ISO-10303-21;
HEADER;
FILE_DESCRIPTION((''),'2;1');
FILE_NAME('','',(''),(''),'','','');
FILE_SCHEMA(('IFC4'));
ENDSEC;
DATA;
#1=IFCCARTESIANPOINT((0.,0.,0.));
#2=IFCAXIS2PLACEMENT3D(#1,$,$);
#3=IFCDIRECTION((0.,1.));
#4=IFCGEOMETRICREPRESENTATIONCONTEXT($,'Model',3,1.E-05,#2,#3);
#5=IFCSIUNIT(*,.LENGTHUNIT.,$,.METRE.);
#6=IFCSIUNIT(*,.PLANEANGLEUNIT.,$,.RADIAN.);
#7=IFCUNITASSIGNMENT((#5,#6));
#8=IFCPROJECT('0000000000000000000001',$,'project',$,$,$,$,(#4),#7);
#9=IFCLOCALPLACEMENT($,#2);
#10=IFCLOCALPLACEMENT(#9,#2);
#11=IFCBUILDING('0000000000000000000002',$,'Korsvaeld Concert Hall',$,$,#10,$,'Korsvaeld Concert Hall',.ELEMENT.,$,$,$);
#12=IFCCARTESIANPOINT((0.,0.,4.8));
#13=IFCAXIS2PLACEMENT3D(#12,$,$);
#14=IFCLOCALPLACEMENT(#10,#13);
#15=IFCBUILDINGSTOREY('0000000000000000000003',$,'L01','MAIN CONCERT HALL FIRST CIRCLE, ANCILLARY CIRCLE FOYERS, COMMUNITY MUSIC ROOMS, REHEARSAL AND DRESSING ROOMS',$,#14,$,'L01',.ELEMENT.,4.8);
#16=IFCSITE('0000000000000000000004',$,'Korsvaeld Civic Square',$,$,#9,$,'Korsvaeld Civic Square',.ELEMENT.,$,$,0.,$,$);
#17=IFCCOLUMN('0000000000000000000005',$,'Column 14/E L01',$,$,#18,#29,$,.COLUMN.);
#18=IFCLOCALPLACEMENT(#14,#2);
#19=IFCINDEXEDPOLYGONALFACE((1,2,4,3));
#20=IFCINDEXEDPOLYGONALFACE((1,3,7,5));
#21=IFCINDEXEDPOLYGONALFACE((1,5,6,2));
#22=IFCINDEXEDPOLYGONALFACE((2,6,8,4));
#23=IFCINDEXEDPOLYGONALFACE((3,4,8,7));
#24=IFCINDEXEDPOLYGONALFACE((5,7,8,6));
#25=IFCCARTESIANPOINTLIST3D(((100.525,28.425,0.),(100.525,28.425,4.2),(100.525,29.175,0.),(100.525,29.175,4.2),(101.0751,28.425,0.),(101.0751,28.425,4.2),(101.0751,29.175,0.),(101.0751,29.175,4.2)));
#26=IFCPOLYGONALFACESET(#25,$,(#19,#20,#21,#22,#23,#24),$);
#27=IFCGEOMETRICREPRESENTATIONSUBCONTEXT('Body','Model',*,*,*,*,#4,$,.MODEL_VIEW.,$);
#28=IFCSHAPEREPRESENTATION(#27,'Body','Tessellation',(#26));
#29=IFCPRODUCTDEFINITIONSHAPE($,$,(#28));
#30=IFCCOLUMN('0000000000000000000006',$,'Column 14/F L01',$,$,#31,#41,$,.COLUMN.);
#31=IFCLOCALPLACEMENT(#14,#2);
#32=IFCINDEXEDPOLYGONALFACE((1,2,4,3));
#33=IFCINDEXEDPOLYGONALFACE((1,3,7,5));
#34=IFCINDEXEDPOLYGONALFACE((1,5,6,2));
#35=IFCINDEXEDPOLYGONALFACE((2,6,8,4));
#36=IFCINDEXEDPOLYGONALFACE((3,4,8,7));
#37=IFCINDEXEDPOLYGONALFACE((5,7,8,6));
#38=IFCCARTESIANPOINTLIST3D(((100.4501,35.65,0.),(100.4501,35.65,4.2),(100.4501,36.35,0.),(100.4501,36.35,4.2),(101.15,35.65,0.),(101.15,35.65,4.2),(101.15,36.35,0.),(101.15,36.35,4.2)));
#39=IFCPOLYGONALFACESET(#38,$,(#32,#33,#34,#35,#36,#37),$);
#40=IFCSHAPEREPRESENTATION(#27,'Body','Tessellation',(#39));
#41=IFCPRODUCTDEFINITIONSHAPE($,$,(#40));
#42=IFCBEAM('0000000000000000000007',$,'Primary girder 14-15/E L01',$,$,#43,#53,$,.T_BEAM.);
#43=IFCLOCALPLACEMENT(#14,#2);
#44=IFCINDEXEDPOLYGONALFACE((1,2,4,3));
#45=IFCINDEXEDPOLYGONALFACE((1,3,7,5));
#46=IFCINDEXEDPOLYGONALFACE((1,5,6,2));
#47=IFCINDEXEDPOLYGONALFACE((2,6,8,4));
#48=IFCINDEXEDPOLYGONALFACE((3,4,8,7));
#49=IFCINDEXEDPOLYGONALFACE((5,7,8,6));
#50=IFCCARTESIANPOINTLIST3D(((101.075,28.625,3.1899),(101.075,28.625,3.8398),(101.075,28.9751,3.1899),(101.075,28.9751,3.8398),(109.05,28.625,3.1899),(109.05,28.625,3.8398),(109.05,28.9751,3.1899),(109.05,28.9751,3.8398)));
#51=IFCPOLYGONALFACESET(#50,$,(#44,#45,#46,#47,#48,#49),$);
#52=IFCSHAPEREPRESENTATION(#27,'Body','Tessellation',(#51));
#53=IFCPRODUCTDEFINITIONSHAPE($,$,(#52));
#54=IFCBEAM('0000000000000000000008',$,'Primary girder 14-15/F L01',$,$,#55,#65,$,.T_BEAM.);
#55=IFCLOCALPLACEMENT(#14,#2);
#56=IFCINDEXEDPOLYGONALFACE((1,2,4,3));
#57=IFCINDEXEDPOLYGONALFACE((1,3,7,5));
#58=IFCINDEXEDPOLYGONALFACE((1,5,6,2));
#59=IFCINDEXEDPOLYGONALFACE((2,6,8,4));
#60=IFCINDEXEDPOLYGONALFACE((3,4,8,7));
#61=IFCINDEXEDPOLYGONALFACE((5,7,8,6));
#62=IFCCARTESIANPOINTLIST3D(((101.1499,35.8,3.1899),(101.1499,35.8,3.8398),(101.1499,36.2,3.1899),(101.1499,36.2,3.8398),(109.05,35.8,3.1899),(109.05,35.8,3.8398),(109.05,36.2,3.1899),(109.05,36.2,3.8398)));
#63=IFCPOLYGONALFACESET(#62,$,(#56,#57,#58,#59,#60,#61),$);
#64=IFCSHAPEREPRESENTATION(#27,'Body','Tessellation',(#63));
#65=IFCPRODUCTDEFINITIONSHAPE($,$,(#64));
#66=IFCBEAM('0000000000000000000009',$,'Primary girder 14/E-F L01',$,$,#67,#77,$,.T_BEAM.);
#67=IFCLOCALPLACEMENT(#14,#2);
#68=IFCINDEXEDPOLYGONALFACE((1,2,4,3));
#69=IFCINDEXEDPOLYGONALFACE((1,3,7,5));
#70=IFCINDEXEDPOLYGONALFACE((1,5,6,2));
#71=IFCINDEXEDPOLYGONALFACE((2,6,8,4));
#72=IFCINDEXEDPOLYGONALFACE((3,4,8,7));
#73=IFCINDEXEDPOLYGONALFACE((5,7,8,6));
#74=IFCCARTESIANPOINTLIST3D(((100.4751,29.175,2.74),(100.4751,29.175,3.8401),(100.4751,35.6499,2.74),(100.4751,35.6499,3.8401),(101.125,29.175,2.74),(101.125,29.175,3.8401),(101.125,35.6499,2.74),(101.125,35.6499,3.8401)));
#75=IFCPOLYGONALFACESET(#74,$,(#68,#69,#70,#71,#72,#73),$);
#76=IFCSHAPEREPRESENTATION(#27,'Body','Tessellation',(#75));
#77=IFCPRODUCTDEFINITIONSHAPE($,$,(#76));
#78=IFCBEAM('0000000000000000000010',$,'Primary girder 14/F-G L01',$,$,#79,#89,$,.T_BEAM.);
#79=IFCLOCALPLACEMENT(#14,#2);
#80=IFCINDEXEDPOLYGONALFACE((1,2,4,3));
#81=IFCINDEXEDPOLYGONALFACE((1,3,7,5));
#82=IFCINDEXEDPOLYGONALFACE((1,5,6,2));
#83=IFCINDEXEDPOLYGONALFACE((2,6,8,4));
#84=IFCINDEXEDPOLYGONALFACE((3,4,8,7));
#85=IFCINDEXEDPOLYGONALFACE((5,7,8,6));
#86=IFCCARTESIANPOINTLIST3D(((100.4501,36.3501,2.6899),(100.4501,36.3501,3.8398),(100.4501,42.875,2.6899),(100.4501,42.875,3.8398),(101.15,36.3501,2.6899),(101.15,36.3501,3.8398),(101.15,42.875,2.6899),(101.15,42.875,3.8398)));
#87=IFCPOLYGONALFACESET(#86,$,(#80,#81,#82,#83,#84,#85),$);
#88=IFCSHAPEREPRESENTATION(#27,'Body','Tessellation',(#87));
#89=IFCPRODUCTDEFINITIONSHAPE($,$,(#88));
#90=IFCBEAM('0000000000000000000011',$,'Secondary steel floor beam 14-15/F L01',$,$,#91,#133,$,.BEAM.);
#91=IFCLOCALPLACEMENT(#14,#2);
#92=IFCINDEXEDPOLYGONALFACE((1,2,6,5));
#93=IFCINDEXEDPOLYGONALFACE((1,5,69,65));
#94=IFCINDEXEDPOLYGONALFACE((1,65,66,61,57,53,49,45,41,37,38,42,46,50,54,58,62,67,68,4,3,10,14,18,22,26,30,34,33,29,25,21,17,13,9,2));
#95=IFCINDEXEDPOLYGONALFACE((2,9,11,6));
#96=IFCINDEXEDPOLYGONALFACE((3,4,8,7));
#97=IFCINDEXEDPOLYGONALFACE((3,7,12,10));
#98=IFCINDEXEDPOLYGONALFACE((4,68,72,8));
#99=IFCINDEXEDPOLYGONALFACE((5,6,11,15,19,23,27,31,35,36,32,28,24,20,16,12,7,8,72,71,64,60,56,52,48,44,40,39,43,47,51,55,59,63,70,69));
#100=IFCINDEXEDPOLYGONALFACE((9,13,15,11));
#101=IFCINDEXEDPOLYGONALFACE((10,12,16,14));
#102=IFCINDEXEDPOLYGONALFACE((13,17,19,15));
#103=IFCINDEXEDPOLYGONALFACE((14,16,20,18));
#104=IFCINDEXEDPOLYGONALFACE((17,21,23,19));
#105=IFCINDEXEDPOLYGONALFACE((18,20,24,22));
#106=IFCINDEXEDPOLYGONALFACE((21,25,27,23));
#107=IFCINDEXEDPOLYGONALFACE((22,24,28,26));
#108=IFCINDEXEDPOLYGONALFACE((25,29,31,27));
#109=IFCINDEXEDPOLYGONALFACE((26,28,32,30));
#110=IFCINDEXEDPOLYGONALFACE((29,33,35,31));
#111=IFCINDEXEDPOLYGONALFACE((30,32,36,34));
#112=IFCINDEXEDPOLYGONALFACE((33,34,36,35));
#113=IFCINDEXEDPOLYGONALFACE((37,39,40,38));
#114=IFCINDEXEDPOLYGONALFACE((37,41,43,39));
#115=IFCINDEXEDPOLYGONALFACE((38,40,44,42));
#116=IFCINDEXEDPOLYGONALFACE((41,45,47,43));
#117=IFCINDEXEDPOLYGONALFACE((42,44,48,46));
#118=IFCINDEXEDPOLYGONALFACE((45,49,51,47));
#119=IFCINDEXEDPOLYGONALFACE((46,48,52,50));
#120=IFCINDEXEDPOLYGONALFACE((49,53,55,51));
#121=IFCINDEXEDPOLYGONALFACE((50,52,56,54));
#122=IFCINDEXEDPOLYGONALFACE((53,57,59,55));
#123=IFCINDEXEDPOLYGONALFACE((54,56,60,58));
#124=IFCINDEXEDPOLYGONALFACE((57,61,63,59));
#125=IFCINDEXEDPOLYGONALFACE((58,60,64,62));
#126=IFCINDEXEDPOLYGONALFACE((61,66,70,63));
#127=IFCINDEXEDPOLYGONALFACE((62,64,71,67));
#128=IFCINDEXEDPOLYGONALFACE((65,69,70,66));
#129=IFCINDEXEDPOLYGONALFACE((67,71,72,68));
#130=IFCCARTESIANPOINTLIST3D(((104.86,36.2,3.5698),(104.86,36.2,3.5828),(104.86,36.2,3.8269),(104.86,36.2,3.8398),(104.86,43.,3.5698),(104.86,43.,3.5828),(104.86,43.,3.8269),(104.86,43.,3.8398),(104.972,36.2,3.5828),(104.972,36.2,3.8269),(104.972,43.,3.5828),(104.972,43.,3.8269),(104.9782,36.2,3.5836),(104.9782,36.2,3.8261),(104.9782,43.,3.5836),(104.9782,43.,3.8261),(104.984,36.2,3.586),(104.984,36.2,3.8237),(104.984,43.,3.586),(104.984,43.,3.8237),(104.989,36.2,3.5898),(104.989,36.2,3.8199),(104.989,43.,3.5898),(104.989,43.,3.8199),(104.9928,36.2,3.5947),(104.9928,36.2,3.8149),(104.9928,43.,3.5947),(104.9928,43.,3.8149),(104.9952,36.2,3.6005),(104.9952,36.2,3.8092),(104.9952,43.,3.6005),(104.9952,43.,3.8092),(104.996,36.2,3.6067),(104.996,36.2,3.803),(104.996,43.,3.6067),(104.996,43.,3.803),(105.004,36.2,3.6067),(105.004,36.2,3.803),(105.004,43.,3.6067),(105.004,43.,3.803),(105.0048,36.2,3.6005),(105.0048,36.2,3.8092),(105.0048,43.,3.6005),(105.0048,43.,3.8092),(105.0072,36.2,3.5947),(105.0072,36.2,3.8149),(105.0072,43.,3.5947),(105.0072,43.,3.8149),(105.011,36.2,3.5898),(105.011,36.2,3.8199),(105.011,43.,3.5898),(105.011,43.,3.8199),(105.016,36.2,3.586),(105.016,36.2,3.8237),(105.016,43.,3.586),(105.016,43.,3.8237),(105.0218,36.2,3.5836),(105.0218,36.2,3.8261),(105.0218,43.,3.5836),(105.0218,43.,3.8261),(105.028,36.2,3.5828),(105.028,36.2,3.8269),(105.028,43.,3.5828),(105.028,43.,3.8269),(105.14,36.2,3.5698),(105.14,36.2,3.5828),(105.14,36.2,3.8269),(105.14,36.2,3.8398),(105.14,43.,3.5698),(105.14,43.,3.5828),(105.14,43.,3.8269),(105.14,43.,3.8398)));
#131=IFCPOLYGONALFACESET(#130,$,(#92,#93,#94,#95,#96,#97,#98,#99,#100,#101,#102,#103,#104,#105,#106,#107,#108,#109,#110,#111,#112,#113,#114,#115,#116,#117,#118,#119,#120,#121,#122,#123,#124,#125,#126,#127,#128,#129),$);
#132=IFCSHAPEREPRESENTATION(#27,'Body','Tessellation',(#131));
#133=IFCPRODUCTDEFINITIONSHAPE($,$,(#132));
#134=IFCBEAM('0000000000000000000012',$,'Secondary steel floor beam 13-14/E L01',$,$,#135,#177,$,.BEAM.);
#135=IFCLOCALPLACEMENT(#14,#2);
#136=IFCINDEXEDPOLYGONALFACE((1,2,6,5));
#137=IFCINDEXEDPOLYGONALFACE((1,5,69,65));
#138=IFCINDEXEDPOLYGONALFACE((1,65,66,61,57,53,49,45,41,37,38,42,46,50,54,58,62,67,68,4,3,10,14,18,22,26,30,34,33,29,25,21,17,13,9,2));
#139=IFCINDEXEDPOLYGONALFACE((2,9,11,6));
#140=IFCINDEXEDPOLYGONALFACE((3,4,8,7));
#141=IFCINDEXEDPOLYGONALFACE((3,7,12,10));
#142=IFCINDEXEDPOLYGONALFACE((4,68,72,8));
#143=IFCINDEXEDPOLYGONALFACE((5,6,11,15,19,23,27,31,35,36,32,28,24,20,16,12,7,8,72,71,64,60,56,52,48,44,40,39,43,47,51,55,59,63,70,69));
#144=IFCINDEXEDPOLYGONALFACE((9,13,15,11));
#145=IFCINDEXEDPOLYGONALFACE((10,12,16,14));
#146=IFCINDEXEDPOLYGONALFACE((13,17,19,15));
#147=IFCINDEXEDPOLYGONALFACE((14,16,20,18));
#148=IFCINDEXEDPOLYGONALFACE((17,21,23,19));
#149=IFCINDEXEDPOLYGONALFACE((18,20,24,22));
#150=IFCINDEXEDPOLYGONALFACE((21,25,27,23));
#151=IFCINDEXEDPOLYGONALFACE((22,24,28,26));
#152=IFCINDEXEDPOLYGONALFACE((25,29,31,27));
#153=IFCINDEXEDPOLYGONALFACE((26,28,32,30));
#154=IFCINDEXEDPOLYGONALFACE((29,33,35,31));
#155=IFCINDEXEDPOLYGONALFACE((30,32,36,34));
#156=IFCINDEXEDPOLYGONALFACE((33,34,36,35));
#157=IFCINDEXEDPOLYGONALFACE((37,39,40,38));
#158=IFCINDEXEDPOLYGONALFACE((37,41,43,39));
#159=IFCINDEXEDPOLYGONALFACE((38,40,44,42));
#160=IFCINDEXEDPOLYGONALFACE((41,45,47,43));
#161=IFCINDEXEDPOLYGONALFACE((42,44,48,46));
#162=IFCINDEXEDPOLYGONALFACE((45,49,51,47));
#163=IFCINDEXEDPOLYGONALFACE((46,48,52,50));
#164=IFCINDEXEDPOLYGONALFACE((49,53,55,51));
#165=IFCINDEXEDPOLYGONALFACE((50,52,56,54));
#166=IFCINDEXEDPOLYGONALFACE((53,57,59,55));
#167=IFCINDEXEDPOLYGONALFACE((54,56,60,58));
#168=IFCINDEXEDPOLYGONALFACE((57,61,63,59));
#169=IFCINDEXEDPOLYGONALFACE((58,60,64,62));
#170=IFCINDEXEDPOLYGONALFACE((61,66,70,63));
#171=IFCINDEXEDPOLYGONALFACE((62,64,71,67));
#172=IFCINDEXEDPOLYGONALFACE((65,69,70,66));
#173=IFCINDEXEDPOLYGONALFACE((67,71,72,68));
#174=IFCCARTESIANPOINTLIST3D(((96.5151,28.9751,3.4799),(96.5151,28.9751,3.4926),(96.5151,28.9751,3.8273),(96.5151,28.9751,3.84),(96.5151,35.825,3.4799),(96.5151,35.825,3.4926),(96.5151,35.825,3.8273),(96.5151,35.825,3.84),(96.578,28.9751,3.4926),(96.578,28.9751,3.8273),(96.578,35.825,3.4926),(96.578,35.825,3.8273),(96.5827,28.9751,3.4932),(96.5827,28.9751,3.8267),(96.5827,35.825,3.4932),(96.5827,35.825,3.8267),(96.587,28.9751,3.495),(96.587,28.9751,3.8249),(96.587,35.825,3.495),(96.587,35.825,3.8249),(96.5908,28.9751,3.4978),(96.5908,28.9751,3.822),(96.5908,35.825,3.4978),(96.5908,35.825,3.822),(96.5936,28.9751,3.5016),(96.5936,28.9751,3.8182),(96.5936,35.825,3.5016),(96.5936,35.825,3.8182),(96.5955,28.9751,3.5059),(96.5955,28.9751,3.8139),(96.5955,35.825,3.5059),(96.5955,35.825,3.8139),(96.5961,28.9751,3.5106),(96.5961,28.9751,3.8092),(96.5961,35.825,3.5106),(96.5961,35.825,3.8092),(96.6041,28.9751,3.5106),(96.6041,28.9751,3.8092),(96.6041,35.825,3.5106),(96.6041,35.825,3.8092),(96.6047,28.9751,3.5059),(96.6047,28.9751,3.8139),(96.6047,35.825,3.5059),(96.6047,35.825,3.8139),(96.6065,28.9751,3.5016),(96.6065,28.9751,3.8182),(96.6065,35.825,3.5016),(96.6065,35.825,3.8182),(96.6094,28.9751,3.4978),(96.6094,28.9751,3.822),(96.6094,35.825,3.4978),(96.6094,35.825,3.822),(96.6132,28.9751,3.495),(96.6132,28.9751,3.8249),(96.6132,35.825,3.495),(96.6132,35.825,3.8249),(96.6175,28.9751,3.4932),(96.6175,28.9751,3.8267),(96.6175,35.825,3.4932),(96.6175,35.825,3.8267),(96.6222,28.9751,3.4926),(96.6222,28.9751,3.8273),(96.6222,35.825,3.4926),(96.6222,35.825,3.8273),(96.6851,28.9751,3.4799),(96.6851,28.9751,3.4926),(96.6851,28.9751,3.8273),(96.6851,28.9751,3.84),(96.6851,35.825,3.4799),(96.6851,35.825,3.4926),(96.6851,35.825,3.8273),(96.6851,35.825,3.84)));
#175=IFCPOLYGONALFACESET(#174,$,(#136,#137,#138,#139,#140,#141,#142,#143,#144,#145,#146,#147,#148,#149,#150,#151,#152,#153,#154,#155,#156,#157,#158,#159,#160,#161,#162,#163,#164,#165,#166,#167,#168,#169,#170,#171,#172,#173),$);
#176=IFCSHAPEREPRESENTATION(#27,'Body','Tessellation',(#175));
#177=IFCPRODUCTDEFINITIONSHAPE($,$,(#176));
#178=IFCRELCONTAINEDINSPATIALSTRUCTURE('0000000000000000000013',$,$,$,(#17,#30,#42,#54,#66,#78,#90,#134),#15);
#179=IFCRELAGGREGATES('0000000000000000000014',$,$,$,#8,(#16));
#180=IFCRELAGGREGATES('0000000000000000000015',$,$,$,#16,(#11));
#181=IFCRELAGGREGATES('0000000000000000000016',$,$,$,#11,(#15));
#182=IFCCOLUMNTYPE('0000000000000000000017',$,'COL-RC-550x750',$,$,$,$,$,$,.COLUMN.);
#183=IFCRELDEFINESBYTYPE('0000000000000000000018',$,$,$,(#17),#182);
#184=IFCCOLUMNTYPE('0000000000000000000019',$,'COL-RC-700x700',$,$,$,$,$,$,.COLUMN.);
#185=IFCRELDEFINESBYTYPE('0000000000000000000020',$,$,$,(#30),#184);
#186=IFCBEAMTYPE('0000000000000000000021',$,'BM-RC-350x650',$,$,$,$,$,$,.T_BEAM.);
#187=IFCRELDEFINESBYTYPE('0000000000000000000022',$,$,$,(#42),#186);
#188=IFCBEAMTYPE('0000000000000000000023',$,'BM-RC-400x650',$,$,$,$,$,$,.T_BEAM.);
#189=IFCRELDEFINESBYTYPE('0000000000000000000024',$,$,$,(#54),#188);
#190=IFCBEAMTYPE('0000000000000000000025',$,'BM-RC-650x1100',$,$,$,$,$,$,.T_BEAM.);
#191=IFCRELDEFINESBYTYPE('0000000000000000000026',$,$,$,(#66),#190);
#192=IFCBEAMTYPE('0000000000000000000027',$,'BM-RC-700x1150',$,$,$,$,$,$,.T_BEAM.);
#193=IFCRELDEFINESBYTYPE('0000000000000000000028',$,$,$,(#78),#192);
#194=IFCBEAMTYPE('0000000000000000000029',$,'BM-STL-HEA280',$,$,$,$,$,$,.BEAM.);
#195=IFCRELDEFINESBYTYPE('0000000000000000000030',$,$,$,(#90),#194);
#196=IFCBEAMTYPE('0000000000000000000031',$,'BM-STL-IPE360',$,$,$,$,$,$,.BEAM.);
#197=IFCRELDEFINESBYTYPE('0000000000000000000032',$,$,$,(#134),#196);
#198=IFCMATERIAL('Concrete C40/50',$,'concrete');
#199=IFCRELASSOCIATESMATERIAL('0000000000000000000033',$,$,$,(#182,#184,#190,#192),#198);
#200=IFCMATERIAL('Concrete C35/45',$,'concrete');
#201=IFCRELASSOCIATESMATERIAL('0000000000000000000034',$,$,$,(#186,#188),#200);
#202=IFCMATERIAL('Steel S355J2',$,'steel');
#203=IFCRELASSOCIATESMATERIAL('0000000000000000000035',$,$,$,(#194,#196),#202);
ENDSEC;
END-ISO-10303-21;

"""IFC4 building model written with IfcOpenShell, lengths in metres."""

from ifc_helpers import new_model, si_unit, direction, frame, origin, origin_2d, place, context, subcontext, project, spatial, rectangle, i_section, extrude, material, material_profile, profile_set, type_object, element, save


model = new_model("IFC4")

# Units and contexts
model_context = context("Model", 3, precision=1e-05, world=origin(), true_north=direction((0.0, 1.0)))
body_context = subcontext(model_context, "Body", "Model", "MODEL_VIEW")
ifc_project = project(units=[si_unit("LENGTHUNIT", "METRE"), si_unit("PLANEANGLEUNIT", "RADIAN")], contexts=[model_context])

# Site, building, storey
site_placement = place(None, origin())
site = spatial("IfcSite", under=ifc_project, at=site_placement, Name="Korsvaeld Civic Square", LongName="Korsvaeld Civic Square", CompositionType="ELEMENT", RefElevation=0.0)
building_placement = place(site_placement, origin())
building = spatial("IfcBuilding", under=site, at=building_placement, Name="Korsvaeld Concert Hall", LongName="Korsvaeld Concert Hall", CompositionType="ELEMENT")
storey_placement = place(building_placement, frame((0.0, 0.0, 4.8)))
storey = spatial("IfcBuildingStorey", under=building, at=storey_placement, Name="L01", Description="MAIN CONCERT HALL FIRST CIRCLE, ANCILLARY CIRCLE FOYERS, COMMUNITY MUSIC ROOMS, REHEARSAL AND DRESSING ROOMS", LongName="L01", CompositionType="ELEMENT", Elevation=4.8)

# Columns
ifc_material_1 = material(Name="Concrete C40/50", Category="concrete")
ifc_material_profile_1 = material_profile(ifc_material_1, rectangle(XDim=0.55, YDim=0.75, at=origin_2d()), Name="RC 550x750")
ifc_profile_set_1 = profile_set([ifc_material_profile_1], Name="Concrete C40/50")
column_type_1 = type_object("IfcColumnType", Name="COL-RC-550x750", PredefinedType="COLUMN", material=ifc_profile_set_1)
column_1_placement = place(storey_placement, frame((100.8, 28.8, 0.0), z_axis=(0.0, 0.0, 1.0), x_axis=(1.0, 0.0, 0.0)))
element("IfcColumn", 1, at=column_1_placement, inside=storey, type_object=column_type_1, Name="Column 14/E L01", PredefinedType="COLUMN", context=body_context, shape_type="SweptSolid", body=[
    extrude(rectangle(XDim=0.55, YDim=0.75, at=origin_2d()), origin(), (0.0, 0.0, 1.0), 4.2),
])
ifc_material_profile_2 = material_profile(ifc_material_1, rectangle(XDim=0.7, YDim=0.7, at=origin_2d()), Name="RC 700x700")
ifc_profile_set_2 = profile_set([ifc_material_profile_2], Name="Concrete C40/50")
column_type_2 = type_object("IfcColumnType", Name="COL-RC-700x700", PredefinedType="COLUMN", material=ifc_profile_set_2)
column_2_placement = place(storey_placement, frame((100.8, 36.0, 0.0), z_axis=(0.0, 0.0, 1.0), x_axis=(1.0, 0.0, 0.0)))
element("IfcColumn", 2, at=column_2_placement, inside=storey, type_object=column_type_2, Name="Column 14/F L01", PredefinedType="COLUMN", context=body_context, shape_type="SweptSolid", body=[
    extrude(rectangle(XDim=0.7, YDim=0.7, at=origin_2d()), origin(), (0.0, 0.0, 1.0), 4.2),
])

# Beams
ifc_material_2 = material(Name="Concrete C35/45", Category="concrete")
ifc_material_profile_3 = material_profile(ifc_material_2, rectangle(XDim=0.3501, YDim=0.6499, at=origin_2d()), Name="RC 350x650")
ifc_profile_set_3 = profile_set([ifc_material_profile_3], Name="Concrete C35/45")
beam_type_1 = type_object("IfcBeamType", Name="BM-RC-350x650", PredefinedType="T_BEAM", material=ifc_profile_set_3)
beam_1_placement = place(storey_placement, frame((101.075, 28.8, 3.5149), z_axis=(1.0, 0.0, 0.0), x_axis=(0.0, 1.0, 0.0)))
element("IfcBeam", 3, at=beam_1_placement, inside=storey, type_object=beam_type_1, Name="Primary girder 14-15/E L01", PredefinedType="T_BEAM", context=body_context, shape_type="SweptSolid", body=[
    extrude(rectangle(XDim=0.3501, YDim=0.6499, at=origin_2d()), origin(), (0.0, 0.0, 1.0), 7.9751),
])
ifc_material_profile_4 = material_profile(ifc_material_2, rectangle(XDim=0.3999, YDim=0.6499, at=origin_2d()), Name="RC 400x650")
ifc_profile_set_4 = profile_set([ifc_material_profile_4], Name="Concrete C35/45")
beam_type_2 = type_object("IfcBeamType", Name="BM-RC-400x650", PredefinedType="T_BEAM", material=ifc_profile_set_4)
beam_2_placement = place(storey_placement, frame((101.1499, 36.0, 3.5149), z_axis=(1.0, 0.0, 0.0), x_axis=(0.0, 1.0, 0.0)))
element("IfcBeam", 4, at=beam_2_placement, inside=storey, type_object=beam_type_2, Name="Primary girder 14-15/F L01", PredefinedType="T_BEAM", context=body_context, shape_type="SweptSolid", body=[
    extrude(rectangle(XDim=0.3999, YDim=0.6499, at=origin_2d()), origin(), (0.0, 0.0, 1.0), 7.9001),
])
ifc_material_profile_5 = material_profile(ifc_material_1, rectangle(XDim=0.6499, YDim=1.1001, at=origin_2d()), Name="RC 650x1100")
ifc_profile_set_5 = profile_set([ifc_material_profile_5], Name="Concrete C40/50")
beam_type_3 = type_object("IfcBeamType", Name="BM-RC-650x1100", PredefinedType="T_BEAM", material=ifc_profile_set_5)
beam_3_placement = place(storey_placement, frame((100.8, 29.175, 3.29), z_axis=(0.0, 1.0, 0.0), x_axis=(-1.0, 0.0, 0.0)))
element("IfcBeam", 5, at=beam_3_placement, inside=storey, type_object=beam_type_3, Name="Primary girder 14/E-F L01", PredefinedType="T_BEAM", context=body_context, shape_type="SweptSolid", body=[
    extrude(rectangle(XDim=0.6499, YDim=1.1001, at=origin_2d()), origin(), (0.0, 0.0, 1.0), 6.4749),
])
ifc_material_profile_6 = material_profile(ifc_material_1, rectangle(XDim=0.7, YDim=1.1499, at=origin_2d()), Name="RC 700x1150")
ifc_profile_set_6 = profile_set([ifc_material_profile_6], Name="Concrete C40/50")
beam_type_4 = type_object("IfcBeamType", Name="BM-RC-700x1150", PredefinedType="T_BEAM", material=ifc_profile_set_6)
beam_4_placement = place(storey_placement, frame((100.8, 36.3501, 3.2649), z_axis=(0.0, 1.0, 0.0), x_axis=(-1.0, 0.0, 0.0)))
element("IfcBeam", 6, at=beam_4_placement, inside=storey, type_object=beam_type_4, Name="Primary girder 14/F-G L01", PredefinedType="T_BEAM", context=body_context, shape_type="SweptSolid", body=[
    extrude(rectangle(XDim=0.7, YDim=1.1499, at=origin_2d()), origin(), (0.0, 0.0, 1.0), 6.5249),
])
ifc_material_3 = material(Name="Steel S355J2", Category="steel")
ifc_material_profile_7 = material_profile(ifc_material_3, i_section(OverallWidth=0.28, OverallDepth=0.27, WebThickness=0.0081, FlangeThickness=0.0129, FilletRadius=0.0239, at=origin_2d()), Name="HEA 280")
ifc_profile_set_7 = profile_set([ifc_material_profile_7], Name="Steel S355J2")
beam_type_5 = type_object("IfcBeamType", Name="BM-STL-HEA280", PredefinedType="BEAM", material=ifc_profile_set_7)
beam_5_placement = place(storey_placement, frame((105.0, 36.2, 3.7048), z_axis=(0.0, 1.0, 0.0), x_axis=(-1.0, 0.0, 0.0)))
element("IfcBeam", 7, at=beam_5_placement, inside=storey, type_object=beam_type_5, Name="Secondary steel floor beam 14-15/F L01", PredefinedType="BEAM", context=body_context, shape_type="SweptSolid", body=[
    extrude(i_section(OverallWidth=0.28, OverallDepth=0.27, WebThickness=0.0081, FlangeThickness=0.0129, FilletRadius=0.0239, at=origin_2d()), origin(), (0.0, 0.0, 1.0), 6.8),
])
ifc_material_profile_8 = material_profile(ifc_material_3, i_section(OverallWidth=0.1699, OverallDepth=0.3601, WebThickness=0.0081, FlangeThickness=0.0127, FilletRadius=0.0181, at=origin_2d()), Name="IPE 360")
ifc_profile_set_8 = profile_set([ifc_material_profile_8], Name="Steel S355J2")
beam_type_6 = type_object("IfcBeamType", Name="BM-STL-IPE360", PredefinedType="BEAM", material=ifc_profile_set_8)
beam_6_placement = place(storey_placement, frame((96.6001, 28.9751, 3.6599), z_axis=(0.0, 1.0, 0.0), x_axis=(-1.0, 0.0, 0.0)))
element("IfcBeam", 8, at=beam_6_placement, inside=storey, type_object=beam_type_6, Name="Secondary steel floor beam 13-14/E L01", PredefinedType="BEAM", context=body_context, shape_type="SweptSolid", body=[
    extrude(i_section(OverallWidth=0.1699, OverallDepth=0.3601, WebThickness=0.0081, FlangeThickness=0.0127, FilletRadius=0.0181, at=origin_2d()), origin(), (0.0, 0.0, 1.0), 6.8499),
])

save(model, "model.ifc")
